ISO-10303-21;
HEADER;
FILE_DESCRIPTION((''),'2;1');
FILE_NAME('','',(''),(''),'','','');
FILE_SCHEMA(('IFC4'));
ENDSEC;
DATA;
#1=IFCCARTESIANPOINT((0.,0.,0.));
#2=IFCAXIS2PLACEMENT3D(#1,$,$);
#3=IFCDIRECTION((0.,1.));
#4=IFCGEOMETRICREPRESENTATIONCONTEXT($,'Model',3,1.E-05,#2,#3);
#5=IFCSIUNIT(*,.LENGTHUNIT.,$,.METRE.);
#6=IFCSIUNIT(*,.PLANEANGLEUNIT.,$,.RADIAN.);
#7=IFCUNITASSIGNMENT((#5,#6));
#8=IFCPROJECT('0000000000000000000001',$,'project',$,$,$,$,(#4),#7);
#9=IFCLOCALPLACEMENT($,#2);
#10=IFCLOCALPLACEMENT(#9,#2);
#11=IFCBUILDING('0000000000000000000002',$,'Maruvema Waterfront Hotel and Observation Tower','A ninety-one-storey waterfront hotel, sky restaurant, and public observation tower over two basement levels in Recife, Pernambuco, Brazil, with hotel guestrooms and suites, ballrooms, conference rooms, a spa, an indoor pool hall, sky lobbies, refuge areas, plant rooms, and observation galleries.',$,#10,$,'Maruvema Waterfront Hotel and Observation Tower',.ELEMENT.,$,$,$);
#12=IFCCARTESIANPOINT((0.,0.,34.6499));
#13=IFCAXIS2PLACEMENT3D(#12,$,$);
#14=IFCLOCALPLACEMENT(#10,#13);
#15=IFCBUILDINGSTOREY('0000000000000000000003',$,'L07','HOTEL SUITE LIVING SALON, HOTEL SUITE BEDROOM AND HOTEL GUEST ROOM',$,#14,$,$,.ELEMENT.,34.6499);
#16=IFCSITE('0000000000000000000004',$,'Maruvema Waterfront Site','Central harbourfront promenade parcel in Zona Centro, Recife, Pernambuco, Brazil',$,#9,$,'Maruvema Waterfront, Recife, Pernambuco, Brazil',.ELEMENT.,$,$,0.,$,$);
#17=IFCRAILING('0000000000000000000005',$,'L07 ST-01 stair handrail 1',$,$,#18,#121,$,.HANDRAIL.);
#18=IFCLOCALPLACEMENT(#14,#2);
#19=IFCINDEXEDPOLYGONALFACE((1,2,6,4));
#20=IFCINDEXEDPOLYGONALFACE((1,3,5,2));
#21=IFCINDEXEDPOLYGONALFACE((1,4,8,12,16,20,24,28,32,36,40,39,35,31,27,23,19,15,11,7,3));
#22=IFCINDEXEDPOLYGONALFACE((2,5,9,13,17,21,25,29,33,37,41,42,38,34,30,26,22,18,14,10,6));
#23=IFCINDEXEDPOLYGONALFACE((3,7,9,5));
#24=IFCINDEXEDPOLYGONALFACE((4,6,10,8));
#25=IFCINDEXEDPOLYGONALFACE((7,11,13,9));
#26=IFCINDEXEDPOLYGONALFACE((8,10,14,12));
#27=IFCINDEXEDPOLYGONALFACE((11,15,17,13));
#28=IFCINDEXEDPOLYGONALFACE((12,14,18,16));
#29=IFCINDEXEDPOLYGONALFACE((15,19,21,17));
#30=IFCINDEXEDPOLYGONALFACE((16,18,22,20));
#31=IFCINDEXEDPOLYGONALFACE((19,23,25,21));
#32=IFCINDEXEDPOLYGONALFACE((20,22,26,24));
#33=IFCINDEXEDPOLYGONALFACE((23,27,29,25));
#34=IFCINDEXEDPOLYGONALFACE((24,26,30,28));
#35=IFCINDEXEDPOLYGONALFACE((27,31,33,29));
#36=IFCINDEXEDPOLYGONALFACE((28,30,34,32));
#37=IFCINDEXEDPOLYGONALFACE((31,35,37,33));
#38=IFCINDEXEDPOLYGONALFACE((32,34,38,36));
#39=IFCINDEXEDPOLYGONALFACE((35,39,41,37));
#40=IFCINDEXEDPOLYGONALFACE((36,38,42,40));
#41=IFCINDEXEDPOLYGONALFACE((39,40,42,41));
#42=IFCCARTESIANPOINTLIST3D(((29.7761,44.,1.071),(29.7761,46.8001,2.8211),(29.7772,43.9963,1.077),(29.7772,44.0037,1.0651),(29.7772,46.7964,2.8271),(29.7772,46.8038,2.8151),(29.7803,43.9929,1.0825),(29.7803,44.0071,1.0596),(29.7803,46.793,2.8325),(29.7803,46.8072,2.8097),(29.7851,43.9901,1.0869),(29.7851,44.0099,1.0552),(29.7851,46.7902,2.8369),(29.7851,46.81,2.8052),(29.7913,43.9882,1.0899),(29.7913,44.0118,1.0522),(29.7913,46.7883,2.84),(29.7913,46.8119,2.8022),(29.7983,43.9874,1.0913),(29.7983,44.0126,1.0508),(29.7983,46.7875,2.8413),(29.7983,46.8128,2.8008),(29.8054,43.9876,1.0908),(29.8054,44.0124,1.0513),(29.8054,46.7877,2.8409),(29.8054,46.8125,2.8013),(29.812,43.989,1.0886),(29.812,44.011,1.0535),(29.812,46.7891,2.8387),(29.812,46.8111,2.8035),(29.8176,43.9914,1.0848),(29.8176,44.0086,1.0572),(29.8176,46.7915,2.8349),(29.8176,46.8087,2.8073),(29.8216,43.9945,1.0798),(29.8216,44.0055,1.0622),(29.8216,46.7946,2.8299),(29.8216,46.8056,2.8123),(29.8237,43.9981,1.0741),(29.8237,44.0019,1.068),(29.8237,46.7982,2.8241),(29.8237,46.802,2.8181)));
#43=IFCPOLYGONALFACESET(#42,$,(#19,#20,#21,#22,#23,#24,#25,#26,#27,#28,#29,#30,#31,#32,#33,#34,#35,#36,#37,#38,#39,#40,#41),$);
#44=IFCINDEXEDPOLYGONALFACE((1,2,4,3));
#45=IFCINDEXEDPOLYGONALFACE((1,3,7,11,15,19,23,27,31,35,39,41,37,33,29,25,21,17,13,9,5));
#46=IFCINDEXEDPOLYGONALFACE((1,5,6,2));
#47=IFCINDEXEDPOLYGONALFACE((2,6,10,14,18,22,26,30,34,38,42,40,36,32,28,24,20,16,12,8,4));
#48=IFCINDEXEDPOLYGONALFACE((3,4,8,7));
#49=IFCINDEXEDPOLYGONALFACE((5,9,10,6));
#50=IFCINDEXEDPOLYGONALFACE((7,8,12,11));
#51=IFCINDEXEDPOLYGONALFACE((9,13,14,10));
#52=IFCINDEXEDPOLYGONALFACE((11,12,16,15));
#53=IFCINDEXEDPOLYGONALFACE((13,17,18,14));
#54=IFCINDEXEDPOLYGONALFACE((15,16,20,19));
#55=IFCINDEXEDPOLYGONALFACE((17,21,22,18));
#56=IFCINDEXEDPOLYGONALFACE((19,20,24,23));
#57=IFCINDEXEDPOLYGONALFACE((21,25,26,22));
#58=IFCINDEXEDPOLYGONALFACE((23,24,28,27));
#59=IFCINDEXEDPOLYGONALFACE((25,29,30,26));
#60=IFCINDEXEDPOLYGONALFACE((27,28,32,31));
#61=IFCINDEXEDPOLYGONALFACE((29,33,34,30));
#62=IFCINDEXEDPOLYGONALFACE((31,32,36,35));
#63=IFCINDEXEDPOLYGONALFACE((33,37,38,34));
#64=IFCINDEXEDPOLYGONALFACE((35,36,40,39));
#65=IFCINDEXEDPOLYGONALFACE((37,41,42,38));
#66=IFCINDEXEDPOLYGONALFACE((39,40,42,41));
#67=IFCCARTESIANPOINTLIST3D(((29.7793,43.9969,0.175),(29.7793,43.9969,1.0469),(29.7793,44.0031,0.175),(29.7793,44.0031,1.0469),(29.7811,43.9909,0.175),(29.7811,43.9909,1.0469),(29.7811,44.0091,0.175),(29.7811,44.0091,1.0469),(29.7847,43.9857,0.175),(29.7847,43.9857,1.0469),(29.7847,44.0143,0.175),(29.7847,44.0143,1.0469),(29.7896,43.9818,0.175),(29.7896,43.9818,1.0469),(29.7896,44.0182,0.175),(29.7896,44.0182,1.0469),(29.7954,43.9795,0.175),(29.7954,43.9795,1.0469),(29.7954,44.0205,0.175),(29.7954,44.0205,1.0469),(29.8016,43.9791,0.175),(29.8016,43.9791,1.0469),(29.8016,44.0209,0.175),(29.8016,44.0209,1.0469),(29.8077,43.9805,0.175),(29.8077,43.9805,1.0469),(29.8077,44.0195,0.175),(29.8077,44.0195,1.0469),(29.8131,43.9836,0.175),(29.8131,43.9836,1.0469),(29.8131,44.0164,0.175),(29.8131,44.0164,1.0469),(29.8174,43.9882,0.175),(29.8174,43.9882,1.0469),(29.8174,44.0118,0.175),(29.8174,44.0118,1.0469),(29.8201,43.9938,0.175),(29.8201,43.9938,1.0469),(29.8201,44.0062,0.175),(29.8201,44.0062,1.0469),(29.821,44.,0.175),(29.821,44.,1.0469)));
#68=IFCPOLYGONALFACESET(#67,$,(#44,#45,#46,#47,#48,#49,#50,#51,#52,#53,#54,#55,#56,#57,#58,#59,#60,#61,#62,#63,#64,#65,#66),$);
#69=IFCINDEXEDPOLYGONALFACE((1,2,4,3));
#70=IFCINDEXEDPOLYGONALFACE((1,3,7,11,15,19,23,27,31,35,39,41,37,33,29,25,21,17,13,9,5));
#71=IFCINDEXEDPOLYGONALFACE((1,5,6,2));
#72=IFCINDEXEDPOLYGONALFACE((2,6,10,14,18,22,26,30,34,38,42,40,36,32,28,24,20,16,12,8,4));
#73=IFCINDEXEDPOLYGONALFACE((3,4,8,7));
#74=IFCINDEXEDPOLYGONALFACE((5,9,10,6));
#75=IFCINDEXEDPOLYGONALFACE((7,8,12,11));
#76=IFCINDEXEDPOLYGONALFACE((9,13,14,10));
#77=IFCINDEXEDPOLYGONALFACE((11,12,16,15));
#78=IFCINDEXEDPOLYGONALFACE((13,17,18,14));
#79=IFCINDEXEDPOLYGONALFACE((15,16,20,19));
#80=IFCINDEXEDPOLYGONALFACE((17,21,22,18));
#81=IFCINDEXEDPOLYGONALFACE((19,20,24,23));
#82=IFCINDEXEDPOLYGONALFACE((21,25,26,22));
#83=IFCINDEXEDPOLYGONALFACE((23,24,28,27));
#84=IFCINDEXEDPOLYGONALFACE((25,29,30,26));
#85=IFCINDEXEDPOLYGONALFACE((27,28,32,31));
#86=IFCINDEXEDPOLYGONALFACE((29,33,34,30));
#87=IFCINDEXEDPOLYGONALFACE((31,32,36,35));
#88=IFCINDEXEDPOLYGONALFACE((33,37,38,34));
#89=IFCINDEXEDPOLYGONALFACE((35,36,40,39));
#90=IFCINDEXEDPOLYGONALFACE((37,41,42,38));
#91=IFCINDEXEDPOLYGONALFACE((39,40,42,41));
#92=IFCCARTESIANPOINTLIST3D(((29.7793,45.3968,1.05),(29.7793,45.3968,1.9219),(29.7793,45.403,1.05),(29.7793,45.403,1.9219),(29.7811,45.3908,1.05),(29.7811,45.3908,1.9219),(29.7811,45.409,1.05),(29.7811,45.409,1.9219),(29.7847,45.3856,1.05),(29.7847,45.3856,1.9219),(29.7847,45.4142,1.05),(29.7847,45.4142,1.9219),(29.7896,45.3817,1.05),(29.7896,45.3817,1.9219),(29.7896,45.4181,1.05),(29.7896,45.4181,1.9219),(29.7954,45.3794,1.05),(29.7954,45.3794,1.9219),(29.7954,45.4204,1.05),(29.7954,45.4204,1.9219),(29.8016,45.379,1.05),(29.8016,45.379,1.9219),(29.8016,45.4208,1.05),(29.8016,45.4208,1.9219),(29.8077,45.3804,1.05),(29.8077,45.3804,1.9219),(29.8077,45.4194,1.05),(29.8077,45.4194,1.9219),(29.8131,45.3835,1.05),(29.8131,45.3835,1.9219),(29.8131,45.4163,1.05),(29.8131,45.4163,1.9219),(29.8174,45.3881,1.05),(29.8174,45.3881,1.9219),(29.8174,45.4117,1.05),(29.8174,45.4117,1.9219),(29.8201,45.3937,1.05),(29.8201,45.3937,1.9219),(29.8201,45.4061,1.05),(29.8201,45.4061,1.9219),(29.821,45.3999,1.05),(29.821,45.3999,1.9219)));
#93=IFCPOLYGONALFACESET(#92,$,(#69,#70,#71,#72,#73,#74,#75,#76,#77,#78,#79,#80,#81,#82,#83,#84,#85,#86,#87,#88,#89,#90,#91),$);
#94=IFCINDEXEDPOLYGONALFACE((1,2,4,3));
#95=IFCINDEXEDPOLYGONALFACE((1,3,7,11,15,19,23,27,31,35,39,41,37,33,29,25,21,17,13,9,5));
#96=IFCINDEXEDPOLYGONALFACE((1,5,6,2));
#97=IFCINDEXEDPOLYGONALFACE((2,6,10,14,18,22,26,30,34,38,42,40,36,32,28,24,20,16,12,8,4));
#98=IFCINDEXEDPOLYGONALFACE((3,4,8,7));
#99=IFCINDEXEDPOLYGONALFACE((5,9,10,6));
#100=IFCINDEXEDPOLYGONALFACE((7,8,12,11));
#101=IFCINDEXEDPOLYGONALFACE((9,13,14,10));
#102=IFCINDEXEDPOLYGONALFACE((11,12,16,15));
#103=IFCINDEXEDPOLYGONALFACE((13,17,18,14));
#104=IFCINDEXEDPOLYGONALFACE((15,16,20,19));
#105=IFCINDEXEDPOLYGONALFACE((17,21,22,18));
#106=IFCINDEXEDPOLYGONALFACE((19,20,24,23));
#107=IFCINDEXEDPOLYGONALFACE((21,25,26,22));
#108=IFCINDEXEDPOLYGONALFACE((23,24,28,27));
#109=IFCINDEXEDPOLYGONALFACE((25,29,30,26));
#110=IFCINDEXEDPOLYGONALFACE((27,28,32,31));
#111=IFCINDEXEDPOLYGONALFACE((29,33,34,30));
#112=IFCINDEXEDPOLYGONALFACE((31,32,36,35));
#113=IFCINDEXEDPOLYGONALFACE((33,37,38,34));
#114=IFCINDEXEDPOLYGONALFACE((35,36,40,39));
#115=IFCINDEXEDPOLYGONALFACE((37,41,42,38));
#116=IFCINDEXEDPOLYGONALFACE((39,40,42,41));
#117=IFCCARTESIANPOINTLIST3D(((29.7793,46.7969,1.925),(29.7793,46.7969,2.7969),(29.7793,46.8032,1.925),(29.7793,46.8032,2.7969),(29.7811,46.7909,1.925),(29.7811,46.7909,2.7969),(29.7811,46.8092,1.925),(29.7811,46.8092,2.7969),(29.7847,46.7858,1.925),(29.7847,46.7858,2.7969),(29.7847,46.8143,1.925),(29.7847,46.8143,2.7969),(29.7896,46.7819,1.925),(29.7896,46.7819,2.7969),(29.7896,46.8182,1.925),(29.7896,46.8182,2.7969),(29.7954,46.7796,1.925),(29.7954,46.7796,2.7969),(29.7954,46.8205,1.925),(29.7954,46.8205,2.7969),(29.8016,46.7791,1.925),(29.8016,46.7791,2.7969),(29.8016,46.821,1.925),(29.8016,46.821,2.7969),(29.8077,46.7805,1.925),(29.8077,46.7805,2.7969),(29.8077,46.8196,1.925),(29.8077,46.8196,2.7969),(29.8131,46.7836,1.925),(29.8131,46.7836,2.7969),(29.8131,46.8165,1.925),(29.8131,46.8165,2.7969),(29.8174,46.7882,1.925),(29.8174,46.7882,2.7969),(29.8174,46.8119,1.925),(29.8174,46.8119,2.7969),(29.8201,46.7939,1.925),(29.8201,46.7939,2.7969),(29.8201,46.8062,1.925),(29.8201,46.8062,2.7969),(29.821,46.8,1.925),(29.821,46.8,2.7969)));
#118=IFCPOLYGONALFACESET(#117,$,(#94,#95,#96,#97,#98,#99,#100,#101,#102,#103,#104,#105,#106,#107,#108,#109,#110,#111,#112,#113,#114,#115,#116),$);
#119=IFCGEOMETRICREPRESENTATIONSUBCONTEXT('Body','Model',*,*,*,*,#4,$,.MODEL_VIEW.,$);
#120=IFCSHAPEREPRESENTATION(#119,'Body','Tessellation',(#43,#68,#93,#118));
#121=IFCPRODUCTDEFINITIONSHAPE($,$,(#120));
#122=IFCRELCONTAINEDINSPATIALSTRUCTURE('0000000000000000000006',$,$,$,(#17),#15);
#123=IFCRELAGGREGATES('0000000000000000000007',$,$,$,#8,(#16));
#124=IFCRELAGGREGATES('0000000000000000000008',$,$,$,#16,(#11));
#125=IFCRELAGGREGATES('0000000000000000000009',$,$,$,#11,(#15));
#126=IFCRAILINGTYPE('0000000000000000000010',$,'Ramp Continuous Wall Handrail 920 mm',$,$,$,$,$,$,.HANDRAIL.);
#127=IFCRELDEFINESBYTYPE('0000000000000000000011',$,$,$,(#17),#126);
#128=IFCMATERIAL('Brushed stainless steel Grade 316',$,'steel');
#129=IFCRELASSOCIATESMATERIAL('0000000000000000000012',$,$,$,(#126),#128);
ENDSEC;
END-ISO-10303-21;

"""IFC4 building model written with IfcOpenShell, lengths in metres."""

from ifc_helpers import new_model, si_unit, direction, frame, origin, origin_2d, place, context, subcontext, project, spatial, circle, extrude, material, type_object, element, save


model = new_model("IFC4")

# Units and contexts
model_context = context("Model", 3, precision=1e-05, world=origin(), true_north=direction((0.0, 1.0)))
body_context = subcontext(model_context, "Body", "Model", "MODEL_VIEW")
ifc_project = project(units=[si_unit("LENGTHUNIT", "METRE"), si_unit("PLANEANGLEUNIT", "RADIAN")], contexts=[model_context])

# Site, building, storey
site_placement = place(None, origin())
site = spatial("IfcSite", under=ifc_project, at=site_placement, Name="Maruvema Waterfront Site", Description="Central harbourfront promenade parcel in Zona Centro, Recife, Pernambuco, Brazil", LongName="Maruvema Waterfront, Recife, Pernambuco, Brazil", CompositionType="ELEMENT", RefElevation=0.0)
building_placement = place(site_placement, origin())
building = spatial("IfcBuilding", under=site, at=building_placement, Name="Maruvema Waterfront Hotel and Observation Tower", Description="A ninety-one-storey waterfront hotel, sky restaurant, and public observation tower over two basement levels in Recife, Pernambuco, Brazil, with hotel guestrooms and suites, ballrooms, conference rooms, a spa, an indoor pool hall, sky lobbies, refuge areas, plant rooms, and observation galleries.", LongName="Maruvema Waterfront Hotel and Observation Tower", CompositionType="ELEMENT")
storey_placement = place(building_placement, frame((0.0, 0.0, 34.6499)))
storey = spatial("IfcBuildingStorey", under=building, at=storey_placement, Name="L07", Description="HOTEL SUITE LIVING SALON, HOTEL SUITE BEDROOM AND HOTEL GUEST ROOM", CompositionType="ELEMENT", Elevation=34.6499)

# Railing
ifc_material_1 = material(Name="Brushed stainless steel Grade 316", Category="steel")
railing_type_1 = type_object("IfcRailingType", Name="Ramp Continuous Wall Handrail 920 mm", PredefinedType="HANDRAIL", material=ifc_material_1)
railing_1_placement = place(storey_placement, frame((29.8, 44.0, 0.175)))
element("IfcRailing", 1, at=railing_1_placement, inside=storey, type_object=railing_type_1, Name="L07 ST-01 stair handrail 1", PredefinedType="HANDRAIL", context=body_context, shape_type="SweptSolid", body=[
    extrude(circle(Radius=0.0239, at=origin_2d()), frame((0.0, 0.0, 0.896), z_axis=(0.0, 0.848002, 0.529992), x_axis=(-1.0, 0.0, 0.0)), (0.0, 0.0, 1.0), 3.302),
    extrude(circle(Radius=0.021, at=origin_2d()), origin(), (0.0, 0.0, 1.0), 0.8718),
    extrude(circle(Radius=0.021, at=origin_2d()), frame((0.0, 1.3999, 0.875)), (0.0, 0.0, 1.0), 0.8718),
    extrude(circle(Radius=0.021, at=origin_2d()), frame((0.0, 2.8, 1.75)), (0.0, 0.0, 1.0), 0.8718),
])

save(model, "model.ifc")
